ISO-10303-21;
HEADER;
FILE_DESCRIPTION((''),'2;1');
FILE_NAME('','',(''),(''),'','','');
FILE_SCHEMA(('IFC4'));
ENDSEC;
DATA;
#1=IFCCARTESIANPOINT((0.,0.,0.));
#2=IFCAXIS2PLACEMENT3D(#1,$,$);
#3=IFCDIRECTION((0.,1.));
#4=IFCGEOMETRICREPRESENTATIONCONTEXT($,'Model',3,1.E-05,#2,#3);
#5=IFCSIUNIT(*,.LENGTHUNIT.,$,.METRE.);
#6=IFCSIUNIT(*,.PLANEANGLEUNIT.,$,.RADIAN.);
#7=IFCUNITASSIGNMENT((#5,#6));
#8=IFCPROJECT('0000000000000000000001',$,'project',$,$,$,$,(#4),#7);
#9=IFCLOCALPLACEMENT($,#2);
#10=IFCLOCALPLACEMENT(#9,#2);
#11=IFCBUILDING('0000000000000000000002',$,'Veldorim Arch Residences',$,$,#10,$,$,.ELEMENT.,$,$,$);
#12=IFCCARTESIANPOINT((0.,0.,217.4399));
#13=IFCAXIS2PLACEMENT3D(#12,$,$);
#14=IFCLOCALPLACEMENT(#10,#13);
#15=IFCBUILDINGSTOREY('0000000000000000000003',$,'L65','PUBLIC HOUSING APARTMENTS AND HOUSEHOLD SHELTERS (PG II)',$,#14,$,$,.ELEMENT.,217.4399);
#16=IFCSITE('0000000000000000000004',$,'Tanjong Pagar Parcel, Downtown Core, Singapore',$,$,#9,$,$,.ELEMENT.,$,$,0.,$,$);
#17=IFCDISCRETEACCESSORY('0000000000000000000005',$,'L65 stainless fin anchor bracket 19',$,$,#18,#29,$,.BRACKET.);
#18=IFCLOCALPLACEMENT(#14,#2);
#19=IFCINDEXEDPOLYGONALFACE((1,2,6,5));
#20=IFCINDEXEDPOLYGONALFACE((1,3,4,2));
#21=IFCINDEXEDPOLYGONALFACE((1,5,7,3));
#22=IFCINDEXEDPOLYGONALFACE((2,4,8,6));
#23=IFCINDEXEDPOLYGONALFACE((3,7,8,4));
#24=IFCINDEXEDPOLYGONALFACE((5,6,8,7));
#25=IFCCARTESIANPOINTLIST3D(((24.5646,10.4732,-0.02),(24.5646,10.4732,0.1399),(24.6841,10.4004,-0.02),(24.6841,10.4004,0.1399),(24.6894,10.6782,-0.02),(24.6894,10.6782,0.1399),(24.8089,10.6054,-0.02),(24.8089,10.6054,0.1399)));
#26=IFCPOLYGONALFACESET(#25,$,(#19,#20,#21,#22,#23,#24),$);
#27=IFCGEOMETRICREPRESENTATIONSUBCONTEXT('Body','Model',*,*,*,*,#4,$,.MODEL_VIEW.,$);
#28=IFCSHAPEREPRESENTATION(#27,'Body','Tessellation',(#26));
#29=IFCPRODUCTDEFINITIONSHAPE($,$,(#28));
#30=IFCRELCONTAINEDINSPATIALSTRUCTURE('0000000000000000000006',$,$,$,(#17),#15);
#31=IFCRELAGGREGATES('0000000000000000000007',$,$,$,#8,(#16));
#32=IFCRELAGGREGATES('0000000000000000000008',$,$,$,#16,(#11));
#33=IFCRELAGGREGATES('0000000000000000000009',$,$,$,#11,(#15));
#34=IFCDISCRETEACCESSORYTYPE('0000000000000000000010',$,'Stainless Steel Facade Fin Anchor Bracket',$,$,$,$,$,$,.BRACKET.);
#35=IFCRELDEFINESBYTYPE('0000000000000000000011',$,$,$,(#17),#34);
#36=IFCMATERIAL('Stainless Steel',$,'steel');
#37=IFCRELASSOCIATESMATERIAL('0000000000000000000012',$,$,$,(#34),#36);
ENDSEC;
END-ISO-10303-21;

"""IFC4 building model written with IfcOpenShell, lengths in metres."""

from ifc_helpers import new_model, si_unit, direction, frame, origin, origin_2d, place, context, subcontext, project, spatial, rectangle, extrude, material, type_object, element, save


model = new_model("IFC4")

# Units and contexts
model_context = context("Model", 3, precision=1e-05, world=origin(), true_north=direction((0.0, 1.0)))
body_context = subcontext(model_context, "Body", "Model", "MODEL_VIEW")
ifc_project = project(units=[si_unit("LENGTHUNIT", "METRE"), si_unit("PLANEANGLEUNIT", "RADIAN")], contexts=[model_context])

# Site, building, storey
site_placement = place(None, origin())
site = spatial("IfcSite", under=ifc_project, at=site_placement, Name="Tanjong Pagar Parcel, Downtown Core, Singapore", CompositionType="ELEMENT", RefElevation=0.0)
building_placement = place(site_placement, origin())
building = spatial("IfcBuilding", under=site, at=building_placement, Name="Veldorim Arch Residences", CompositionType="ELEMENT")
storey_placement = place(building_placement, frame((0.0, 0.0, 217.4399)))
storey = spatial("IfcBuildingStorey", under=building, at=storey_placement, Name="L65", Description="PUBLIC HOUSING APARTMENTS AND HOUSEHOLD SHELTERS (PG II)", CompositionType="ELEMENT", Elevation=217.4399)

# Discrete accessory
ifc_material_1 = material(Name="Stainless Steel", Category="steel")
discrete_accessory_type = type_object("IfcDiscreteAccessoryType", Name="Stainless Steel Facade Fin Anchor Bracket", PredefinedType="BRACKET", material=ifc_material_1)
discrete_accessory_placement = place(storey_placement, frame((24.6868, 10.5393, -0.02), z_axis=(0.0, 0.0, 1.0), x_axis=(-0.854187, 0.519966, 0.0)))
element("IfcDiscreteAccessory", 1, at=discrete_accessory_placement, inside=storey, type_object=discrete_accessory_type, Name="L65 stainless fin anchor bracket 19", PredefinedType="BRACKET", context=body_context, shape_type="SweptSolid", body=[
    extrude(rectangle(XDim=0.1399, YDim=0.24, at=origin_2d()), origin(), (0.0, 0.0, 1.0), 0.1599),
])

save(model, "model.ifc")
